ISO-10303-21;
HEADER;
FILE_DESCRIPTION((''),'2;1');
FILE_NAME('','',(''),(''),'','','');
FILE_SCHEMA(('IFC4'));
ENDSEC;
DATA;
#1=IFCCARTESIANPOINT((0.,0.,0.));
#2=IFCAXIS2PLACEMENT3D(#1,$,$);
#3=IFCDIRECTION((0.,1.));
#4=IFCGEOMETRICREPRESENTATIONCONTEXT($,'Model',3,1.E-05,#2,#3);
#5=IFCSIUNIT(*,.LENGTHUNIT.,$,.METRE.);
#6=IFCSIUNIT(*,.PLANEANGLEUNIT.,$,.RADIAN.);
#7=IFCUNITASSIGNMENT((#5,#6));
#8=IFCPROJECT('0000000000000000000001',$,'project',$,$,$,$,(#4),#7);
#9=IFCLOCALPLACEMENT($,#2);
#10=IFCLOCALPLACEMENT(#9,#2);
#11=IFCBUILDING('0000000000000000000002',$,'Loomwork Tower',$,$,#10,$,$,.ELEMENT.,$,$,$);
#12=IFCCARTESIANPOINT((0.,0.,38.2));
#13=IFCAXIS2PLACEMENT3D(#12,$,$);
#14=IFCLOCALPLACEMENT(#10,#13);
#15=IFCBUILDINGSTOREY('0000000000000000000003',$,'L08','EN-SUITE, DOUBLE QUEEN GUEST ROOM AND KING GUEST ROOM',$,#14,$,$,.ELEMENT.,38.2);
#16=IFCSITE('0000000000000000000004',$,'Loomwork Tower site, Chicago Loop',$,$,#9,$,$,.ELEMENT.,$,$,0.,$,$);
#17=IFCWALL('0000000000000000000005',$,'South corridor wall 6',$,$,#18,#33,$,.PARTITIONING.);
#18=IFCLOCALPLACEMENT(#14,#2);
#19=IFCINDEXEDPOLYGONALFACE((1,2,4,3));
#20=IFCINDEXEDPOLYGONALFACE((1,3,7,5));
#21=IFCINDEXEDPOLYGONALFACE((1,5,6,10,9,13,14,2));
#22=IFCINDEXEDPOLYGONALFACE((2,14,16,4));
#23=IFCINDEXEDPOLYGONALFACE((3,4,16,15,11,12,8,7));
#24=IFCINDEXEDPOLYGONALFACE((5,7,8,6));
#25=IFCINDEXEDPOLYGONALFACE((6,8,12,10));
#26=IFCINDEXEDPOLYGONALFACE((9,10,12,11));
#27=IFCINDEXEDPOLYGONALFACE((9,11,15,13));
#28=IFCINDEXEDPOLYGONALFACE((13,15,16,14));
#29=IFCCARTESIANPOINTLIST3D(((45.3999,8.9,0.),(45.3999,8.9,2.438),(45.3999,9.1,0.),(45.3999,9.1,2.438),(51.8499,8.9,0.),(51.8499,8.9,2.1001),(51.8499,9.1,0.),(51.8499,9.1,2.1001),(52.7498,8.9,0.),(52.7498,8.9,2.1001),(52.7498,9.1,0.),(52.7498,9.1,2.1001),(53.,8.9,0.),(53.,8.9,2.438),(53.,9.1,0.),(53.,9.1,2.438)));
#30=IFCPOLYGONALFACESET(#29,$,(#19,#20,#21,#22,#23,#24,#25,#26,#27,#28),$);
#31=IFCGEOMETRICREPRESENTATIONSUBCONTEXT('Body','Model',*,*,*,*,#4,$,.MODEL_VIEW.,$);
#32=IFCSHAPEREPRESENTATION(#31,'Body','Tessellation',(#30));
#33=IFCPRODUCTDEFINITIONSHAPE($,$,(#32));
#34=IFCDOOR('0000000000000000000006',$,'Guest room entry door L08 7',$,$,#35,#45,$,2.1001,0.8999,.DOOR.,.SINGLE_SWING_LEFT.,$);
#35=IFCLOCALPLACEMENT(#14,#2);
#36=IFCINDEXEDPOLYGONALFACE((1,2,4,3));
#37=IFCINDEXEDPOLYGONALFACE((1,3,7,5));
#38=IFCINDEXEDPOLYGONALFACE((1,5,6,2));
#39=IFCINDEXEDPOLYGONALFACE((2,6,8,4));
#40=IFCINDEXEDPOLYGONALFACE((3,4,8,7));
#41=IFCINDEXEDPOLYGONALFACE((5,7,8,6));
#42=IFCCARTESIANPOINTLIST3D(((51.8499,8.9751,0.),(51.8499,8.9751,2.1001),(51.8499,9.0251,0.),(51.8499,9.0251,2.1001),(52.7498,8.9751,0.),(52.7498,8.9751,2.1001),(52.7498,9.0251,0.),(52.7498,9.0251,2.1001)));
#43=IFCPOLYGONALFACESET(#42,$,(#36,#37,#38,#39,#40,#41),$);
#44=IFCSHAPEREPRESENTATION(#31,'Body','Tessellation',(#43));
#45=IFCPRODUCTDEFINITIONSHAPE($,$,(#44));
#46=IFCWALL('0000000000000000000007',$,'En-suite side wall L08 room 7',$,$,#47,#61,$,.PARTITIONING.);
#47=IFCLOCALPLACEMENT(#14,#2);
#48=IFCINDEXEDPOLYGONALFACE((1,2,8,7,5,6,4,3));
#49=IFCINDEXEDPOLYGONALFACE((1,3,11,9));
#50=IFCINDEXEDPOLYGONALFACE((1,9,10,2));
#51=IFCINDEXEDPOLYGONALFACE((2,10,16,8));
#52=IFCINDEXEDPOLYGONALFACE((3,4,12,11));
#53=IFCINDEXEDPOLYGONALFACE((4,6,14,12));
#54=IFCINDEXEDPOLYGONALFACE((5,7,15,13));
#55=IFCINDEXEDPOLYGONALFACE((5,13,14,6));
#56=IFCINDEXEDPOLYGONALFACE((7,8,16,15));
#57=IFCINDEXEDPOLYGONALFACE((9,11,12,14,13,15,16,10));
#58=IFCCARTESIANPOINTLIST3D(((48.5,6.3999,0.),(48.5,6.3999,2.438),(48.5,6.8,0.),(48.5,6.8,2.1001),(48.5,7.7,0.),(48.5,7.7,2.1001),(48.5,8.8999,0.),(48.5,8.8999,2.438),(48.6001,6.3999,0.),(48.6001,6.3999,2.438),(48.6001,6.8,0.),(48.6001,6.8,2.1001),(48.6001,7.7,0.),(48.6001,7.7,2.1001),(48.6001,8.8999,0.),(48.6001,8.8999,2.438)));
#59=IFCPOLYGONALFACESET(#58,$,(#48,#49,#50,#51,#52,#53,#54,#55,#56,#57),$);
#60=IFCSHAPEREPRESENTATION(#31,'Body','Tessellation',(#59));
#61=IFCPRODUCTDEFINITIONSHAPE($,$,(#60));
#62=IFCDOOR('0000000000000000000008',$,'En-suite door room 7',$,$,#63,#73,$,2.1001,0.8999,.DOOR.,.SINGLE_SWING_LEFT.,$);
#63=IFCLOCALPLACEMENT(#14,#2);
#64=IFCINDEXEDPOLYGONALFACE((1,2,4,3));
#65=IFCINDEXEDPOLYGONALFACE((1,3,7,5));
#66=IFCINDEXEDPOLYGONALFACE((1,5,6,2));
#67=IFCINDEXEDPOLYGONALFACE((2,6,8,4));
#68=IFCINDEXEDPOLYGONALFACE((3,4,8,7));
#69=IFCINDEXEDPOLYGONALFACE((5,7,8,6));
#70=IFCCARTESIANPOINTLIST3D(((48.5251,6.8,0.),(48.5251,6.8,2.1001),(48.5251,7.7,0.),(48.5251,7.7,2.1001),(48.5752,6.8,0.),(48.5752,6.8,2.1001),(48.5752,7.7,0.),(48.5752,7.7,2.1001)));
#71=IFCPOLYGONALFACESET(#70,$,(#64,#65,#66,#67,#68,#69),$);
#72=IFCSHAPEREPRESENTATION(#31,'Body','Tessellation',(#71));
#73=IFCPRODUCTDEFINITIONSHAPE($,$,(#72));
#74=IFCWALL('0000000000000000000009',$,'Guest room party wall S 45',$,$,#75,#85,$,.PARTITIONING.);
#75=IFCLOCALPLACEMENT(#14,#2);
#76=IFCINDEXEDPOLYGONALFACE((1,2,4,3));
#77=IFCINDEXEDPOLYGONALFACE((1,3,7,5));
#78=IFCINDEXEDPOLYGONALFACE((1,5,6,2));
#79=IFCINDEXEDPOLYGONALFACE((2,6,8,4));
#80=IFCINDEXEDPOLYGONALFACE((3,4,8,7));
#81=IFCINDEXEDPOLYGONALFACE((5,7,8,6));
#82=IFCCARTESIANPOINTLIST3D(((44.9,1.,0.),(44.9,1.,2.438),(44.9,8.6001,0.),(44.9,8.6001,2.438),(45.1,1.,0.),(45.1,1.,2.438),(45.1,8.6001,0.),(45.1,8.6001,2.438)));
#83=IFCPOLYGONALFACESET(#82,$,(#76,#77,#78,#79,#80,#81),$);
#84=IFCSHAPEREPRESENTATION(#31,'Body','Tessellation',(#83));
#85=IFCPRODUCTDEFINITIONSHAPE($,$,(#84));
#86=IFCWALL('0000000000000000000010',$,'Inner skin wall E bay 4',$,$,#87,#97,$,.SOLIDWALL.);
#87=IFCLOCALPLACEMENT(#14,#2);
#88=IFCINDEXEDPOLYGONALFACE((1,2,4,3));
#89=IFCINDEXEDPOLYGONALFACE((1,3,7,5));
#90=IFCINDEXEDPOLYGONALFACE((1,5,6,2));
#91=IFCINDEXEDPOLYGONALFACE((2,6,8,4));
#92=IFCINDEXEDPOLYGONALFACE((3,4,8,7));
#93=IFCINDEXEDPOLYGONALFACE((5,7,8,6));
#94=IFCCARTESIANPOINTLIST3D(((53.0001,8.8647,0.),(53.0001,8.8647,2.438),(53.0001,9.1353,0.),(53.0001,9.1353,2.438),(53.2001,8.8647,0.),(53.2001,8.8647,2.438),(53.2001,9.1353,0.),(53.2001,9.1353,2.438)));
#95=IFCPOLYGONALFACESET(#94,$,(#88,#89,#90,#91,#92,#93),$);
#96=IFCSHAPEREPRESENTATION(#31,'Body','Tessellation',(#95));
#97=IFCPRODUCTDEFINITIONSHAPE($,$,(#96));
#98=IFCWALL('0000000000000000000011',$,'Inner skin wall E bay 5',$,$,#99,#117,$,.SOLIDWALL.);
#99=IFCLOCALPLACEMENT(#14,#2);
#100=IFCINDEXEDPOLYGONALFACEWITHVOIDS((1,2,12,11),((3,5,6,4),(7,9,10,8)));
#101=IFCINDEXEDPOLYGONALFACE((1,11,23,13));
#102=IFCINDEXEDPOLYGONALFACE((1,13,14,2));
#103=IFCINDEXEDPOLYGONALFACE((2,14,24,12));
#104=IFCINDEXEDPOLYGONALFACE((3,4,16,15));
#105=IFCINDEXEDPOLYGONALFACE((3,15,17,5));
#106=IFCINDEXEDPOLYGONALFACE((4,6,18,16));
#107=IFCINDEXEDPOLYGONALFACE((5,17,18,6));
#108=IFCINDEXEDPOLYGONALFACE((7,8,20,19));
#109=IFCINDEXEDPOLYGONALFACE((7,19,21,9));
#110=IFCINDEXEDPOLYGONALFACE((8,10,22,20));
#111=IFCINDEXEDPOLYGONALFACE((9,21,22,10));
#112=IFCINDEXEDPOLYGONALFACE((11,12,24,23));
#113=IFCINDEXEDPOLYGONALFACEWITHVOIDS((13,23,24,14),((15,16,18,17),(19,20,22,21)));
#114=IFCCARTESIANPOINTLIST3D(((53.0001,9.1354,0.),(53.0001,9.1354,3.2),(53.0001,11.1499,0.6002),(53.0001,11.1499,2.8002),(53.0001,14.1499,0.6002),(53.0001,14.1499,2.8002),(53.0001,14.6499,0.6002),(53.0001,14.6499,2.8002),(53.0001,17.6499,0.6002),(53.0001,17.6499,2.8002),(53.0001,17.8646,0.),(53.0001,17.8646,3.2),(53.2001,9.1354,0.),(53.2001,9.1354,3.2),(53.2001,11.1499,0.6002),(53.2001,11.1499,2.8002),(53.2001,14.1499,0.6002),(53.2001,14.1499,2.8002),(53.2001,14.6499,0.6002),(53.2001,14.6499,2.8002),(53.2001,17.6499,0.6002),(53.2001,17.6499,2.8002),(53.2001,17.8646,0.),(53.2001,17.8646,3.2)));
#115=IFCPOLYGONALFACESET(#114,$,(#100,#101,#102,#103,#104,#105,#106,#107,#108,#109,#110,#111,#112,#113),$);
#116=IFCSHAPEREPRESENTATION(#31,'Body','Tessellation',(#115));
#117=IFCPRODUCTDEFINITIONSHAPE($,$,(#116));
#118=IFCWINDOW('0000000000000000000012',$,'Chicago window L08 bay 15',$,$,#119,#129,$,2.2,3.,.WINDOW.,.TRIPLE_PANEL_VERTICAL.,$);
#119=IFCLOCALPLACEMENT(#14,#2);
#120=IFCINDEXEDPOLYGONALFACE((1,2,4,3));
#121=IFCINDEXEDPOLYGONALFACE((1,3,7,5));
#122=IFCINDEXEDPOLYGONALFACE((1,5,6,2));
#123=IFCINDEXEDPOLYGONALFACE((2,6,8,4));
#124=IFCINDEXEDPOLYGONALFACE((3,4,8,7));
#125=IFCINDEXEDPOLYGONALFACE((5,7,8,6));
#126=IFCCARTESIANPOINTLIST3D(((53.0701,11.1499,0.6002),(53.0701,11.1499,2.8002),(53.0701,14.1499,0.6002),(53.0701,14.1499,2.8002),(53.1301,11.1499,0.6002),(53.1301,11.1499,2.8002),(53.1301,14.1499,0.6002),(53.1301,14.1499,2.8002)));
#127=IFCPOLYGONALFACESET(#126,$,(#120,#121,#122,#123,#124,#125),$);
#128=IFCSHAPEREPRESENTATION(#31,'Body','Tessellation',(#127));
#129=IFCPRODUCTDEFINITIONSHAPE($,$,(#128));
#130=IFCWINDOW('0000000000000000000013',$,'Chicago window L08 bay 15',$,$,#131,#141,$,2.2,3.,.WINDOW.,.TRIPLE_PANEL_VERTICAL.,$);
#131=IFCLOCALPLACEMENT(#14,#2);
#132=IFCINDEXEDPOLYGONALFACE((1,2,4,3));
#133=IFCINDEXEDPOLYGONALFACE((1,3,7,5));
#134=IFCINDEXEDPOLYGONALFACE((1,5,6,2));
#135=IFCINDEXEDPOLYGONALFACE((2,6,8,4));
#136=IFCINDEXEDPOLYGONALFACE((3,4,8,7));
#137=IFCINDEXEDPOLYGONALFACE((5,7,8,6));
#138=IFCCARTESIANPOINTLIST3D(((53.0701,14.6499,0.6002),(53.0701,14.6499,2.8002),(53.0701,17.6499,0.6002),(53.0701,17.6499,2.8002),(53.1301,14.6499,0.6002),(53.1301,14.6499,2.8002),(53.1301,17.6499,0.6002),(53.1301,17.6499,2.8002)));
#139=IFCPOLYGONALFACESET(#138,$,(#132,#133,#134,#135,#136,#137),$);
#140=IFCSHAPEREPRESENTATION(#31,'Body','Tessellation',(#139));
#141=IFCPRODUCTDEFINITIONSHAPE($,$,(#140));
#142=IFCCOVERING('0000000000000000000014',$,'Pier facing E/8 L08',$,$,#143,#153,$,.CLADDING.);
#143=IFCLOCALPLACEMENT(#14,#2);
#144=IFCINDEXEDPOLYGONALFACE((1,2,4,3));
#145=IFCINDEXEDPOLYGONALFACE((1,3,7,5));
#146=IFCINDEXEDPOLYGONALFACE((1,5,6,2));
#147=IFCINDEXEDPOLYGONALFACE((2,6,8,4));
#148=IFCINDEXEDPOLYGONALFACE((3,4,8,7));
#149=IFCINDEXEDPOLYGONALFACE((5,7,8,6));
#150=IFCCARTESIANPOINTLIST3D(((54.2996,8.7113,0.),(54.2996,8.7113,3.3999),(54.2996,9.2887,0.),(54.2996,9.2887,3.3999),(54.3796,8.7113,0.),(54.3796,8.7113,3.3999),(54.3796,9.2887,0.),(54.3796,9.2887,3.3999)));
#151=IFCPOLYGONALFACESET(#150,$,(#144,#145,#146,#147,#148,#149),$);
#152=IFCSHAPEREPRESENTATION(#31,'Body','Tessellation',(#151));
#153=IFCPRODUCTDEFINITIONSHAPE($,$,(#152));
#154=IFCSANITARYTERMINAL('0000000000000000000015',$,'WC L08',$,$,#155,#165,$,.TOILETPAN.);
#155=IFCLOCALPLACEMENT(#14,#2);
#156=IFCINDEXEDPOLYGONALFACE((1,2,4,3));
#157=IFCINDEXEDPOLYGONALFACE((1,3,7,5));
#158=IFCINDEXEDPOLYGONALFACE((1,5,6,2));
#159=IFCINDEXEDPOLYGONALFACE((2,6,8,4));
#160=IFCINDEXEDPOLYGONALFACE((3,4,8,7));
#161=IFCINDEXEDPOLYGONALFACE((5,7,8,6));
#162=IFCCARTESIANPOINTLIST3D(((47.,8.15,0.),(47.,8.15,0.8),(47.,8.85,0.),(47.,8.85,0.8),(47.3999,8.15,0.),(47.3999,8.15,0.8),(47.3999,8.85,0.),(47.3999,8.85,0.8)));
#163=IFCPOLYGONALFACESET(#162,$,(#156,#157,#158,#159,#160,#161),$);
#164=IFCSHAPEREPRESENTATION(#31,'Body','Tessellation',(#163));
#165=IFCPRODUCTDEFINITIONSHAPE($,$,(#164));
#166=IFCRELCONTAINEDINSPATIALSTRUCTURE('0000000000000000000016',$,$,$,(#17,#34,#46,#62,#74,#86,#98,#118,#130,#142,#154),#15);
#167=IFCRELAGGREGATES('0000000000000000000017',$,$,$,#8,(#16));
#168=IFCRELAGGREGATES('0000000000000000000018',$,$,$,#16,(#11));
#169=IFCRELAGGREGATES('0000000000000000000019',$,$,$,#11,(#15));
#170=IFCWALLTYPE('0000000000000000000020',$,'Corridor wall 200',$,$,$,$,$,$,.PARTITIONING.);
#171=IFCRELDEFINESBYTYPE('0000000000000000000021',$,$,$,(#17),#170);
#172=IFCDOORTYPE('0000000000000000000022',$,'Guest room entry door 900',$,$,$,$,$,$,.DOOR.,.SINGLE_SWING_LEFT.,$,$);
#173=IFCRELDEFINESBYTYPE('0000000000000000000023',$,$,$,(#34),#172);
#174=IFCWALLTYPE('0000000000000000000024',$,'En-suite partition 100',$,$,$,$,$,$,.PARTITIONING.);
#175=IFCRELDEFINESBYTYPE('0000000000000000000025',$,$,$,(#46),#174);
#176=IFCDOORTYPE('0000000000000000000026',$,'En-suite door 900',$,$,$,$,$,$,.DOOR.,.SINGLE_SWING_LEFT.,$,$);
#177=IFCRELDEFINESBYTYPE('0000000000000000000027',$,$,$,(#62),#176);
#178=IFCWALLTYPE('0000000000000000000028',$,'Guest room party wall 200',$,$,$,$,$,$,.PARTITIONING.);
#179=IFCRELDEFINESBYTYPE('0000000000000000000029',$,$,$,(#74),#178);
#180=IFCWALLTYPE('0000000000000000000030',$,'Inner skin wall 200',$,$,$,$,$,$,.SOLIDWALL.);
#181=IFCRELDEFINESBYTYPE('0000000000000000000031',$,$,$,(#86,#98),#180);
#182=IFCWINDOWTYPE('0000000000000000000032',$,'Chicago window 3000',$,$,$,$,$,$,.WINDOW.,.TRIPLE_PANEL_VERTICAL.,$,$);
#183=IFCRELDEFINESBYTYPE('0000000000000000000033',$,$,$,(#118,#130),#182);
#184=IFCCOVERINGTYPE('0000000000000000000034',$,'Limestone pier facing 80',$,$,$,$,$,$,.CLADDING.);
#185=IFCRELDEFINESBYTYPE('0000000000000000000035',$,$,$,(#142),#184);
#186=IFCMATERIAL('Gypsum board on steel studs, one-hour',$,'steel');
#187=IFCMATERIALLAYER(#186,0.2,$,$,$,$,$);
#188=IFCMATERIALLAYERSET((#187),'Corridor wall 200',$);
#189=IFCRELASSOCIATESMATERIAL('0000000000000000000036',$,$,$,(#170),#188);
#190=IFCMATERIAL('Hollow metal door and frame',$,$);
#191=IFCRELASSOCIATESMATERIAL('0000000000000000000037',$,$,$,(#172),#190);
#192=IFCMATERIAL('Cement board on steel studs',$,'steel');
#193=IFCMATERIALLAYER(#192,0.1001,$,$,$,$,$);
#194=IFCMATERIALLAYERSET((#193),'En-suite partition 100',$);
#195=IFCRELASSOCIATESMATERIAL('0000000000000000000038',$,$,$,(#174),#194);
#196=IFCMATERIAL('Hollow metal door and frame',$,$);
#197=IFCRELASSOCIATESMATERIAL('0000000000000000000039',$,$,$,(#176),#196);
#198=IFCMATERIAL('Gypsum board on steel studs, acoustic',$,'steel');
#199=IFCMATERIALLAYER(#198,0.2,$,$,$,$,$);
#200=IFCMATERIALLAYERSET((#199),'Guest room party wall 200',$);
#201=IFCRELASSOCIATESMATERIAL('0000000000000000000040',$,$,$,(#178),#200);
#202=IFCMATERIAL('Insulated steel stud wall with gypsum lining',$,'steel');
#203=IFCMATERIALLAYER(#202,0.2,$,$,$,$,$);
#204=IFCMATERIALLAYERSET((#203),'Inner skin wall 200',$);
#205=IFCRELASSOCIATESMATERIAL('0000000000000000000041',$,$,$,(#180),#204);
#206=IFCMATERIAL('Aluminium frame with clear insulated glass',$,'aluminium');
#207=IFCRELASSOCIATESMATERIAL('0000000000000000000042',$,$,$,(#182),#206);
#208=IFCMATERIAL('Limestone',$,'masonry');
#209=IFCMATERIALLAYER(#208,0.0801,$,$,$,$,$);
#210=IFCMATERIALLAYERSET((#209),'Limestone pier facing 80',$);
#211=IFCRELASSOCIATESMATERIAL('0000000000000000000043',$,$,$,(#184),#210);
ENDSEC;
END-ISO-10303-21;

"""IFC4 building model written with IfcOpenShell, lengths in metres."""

from ifc_helpers import new_model, si_unit, direction, frame, frame_2d, origin, origin_2d, place, context, subcontext, project, spatial, rectangle, extrude, material, layer, layer_set, type_object, element, fill, save


model = new_model("IFC4")

# Units and contexts
model_context = context("Model", 3, precision=1e-05, world=origin(), true_north=direction((0.0, 1.0)))
body_context = subcontext(model_context, "Body", "Model", "MODEL_VIEW")
ifc_project = project(units=[si_unit("LENGTHUNIT", "METRE"), si_unit("PLANEANGLEUNIT", "RADIAN")], contexts=[model_context])

# Site, building, storey
site_placement = place(None, origin())
site = spatial("IfcSite", under=ifc_project, at=site_placement, Name="Loomwork Tower site, Chicago Loop", CompositionType="ELEMENT", RefElevation=0.0)
building_placement = place(site_placement, origin())
building = spatial("IfcBuilding", under=site, at=building_placement, Name="Loomwork Tower", CompositionType="ELEMENT")
storey_placement = place(building_placement, frame((0.0, 0.0, 38.2)))
storey = spatial("IfcBuildingStorey", under=building, at=storey_placement, Name="L08", Description="EN-SUITE, DOUBLE QUEEN GUEST ROOM AND KING GUEST ROOM", CompositionType="ELEMENT", Elevation=38.2)

# Walls, openings, doors
ifc_material_1 = material(Name="Gypsum board on steel studs, one-hour", Category="steel")
ifc_layer_1 = layer(ifc_material_1, 0.2)
ifc_layer_set_1 = layer_set([ifc_layer_1], Name="Corridor wall 200")
wall_type_1 = type_object("IfcWallType", Name="Corridor wall 200", PredefinedType="PARTITIONING", material=ifc_layer_set_1)
wall_1_placement = place(storey_placement, frame((45.3999, 9.0, 0.0), z_axis=(0.0, 0.0, 1.0), x_axis=(1.0, 0.0, 0.0)))
wall_1 = element("IfcWall", 1, at=wall_1_placement, inside=storey, type_object=wall_type_1, Name="South corridor wall 6", PredefinedType="PARTITIONING", context=body_context, shape_type="SweptSolid", body=[
    extrude(rectangle(XDim=7.6001, YDim=0.2, at=frame_2d((3.8, 0.0))), origin(), (0.0, 0.0, 1.0), 2.438),
])
opening_1_placement = place(wall_1_placement, frame((6.45, 0.0, 0.0)))
opening_1 = element("IfcOpeningElement", 2, at=opening_1_placement, cuts=wall_1, PredefinedType="OPENING", context=body_context, shape_type="SweptSolid", body=[
    extrude(rectangle(XDim=0.8999, YDim=2.1001, at=frame_2d((0.45, 1.05))), frame((0.0, 0.1099, 0.0), z_axis=(0.0, -1.0, 0.0), x_axis=(1.0, 0.0, 0.0)), (0.0, 0.0, 1.0), 0.22),
])
ifc_material_2 = material(Name="Hollow metal door and frame")
door_type_1 = type_object("IfcDoorType", Name="Guest room entry door 900", OperationType="SINGLE_SWING_LEFT", PredefinedType="DOOR", material=ifc_material_2)
door_1_placement = place(opening_1_placement, frame((0.8999, 0.0, 0.0), z_axis=(0.0, 0.0, 1.0), x_axis=(-1.0, 0.0, 0.0)))
door_1 = element("IfcDoor", 3, at=door_1_placement, inside=storey, type_object=door_type_1, Name="Guest room entry door L08 7", OperationType="SINGLE_SWING_LEFT", OverallHeight=2.1001, OverallWidth=0.8999, PredefinedType="DOOR", context=body_context, shape_type="SweptSolid", body=[
    extrude(rectangle(XDim=0.8999, YDim=2.1001, at=frame_2d((0.45, 1.05))), frame((0.0, 0.0249, 0.0), z_axis=(0.0, -1.0, 0.0), x_axis=(1.0, 0.0, 0.0)), (0.0, 0.0, 1.0), 0.05),
])
fill(opening_1, door_1)
ifc_material_3 = material(Name="Cement board on steel studs", Category="steel")
ifc_layer_2 = layer(ifc_material_3, 0.1001)
ifc_layer_set_2 = layer_set([ifc_layer_2], Name="En-suite partition 100")
wall_type_2 = type_object("IfcWallType", Name="En-suite partition 100", PredefinedType="PARTITIONING", material=ifc_layer_set_2)
wall_2_placement = place(storey_placement, frame((48.55, 8.8999, 0.0), z_axis=(0.0, 0.0, 1.0), x_axis=(0.0, -1.0, 0.0)))
wall_2 = element("IfcWall", 4, at=wall_2_placement, inside=storey, type_object=wall_type_2, Name="En-suite side wall L08 room 7", PredefinedType="PARTITIONING", context=body_context, shape_type="SweptSolid", body=[
    extrude(rectangle(XDim=2.5, YDim=0.1001, at=frame_2d((1.25, 0.0))), origin(), (0.0, 0.0, 1.0), 2.438),
])
opening_2_placement = place(wall_2_placement, frame((1.2, 0.0, 0.0)))
opening_2 = element("IfcOpeningElement", 5, at=opening_2_placement, cuts=wall_2, PredefinedType="OPENING", context=body_context, shape_type="SweptSolid", body=[
    extrude(rectangle(XDim=0.8999, YDim=2.1001, at=frame_2d((0.45, 1.05))), frame((0.0, 0.0601, 0.0), z_axis=(0.0, -1.0, 0.0), x_axis=(1.0, 0.0, 0.0)), (0.0, 0.0, 1.0), 0.1201),
])
ifc_material_4 = material(Name="Hollow metal door and frame")
door_type_2 = type_object("IfcDoorType", Name="En-suite door 900", OperationType="SINGLE_SWING_LEFT", PredefinedType="DOOR", material=ifc_material_4)
door_2_placement = place(opening_2_placement, frame((0.8999, 0.0, 0.0), z_axis=(0.0, 0.0, 1.0), x_axis=(-1.0, 0.0, 0.0)))
door_2 = element("IfcDoor", 6, at=door_2_placement, inside=storey, type_object=door_type_2, Name="En-suite door room 7", OperationType="SINGLE_SWING_LEFT", OverallHeight=2.1001, OverallWidth=0.8999, PredefinedType="DOOR", context=body_context, shape_type="SweptSolid", body=[
    extrude(rectangle(XDim=0.8999, YDim=2.1001, at=frame_2d((0.45, 1.05))), frame((0.0, 0.0249, 0.0), z_axis=(0.0, -1.0, 0.0), x_axis=(1.0, 0.0, 0.0)), (0.0, 0.0, 1.0), 0.05),
])
fill(opening_2, door_2)

# Walls
ifc_material_5 = material(Name="Gypsum board on steel studs, acoustic", Category="steel")
ifc_layer_3 = layer(ifc_material_5, 0.2)
ifc_layer_set_3 = layer_set([ifc_layer_3], Name="Guest room party wall 200")
wall_type_3 = type_object("IfcWallType", Name="Guest room party wall 200", PredefinedType="PARTITIONING", material=ifc_layer_set_3)
wall_3_placement = place(storey_placement, frame((45.0, 8.6001, 0.0), z_axis=(0.0, 0.0, 1.0), x_axis=(0.0, -1.0, 0.0)))
element("IfcWall", 7, at=wall_3_placement, inside=storey, type_object=wall_type_3, Name="Guest room party wall S 45", PredefinedType="PARTITIONING", context=body_context, shape_type="SweptSolid", body=[
    extrude(rectangle(XDim=7.6001, YDim=0.2, at=frame_2d((3.8, 0.0))), origin(), (0.0, 0.0, 1.0), 2.438),
])
ifc_material_6 = material(Name="Insulated steel stud wall with gypsum lining", Category="steel")
ifc_layer_4 = layer(ifc_material_6, 0.2)
ifc_layer_set_4 = layer_set([ifc_layer_4], Name="Inner skin wall 200")
wall_type_4 = type_object("IfcWallType", Name="Inner skin wall 200", PredefinedType="SOLIDWALL", material=ifc_layer_set_4)
wall_4_placement = place(storey_placement, frame((53.1001, 8.8647, 0.0), z_axis=(0.0, 0.0, 1.0), x_axis=(0.0, 1.0, 0.0)))
element("IfcWall", 8, at=wall_4_placement, inside=storey, type_object=wall_type_4, Name="Inner skin wall E bay 4", PredefinedType="SOLIDWALL", context=body_context, shape_type="SweptSolid", body=[
    extrude(rectangle(XDim=0.2705, YDim=0.2, at=frame_2d((0.1353, 0.0))), origin(), (0.0, 0.0, 1.0), 2.438),
])

# Wall, openings, windows
wall_5_placement = place(storey_placement, frame((53.1001, 9.1353, 0.0), z_axis=(0.0, 0.0, 1.0), x_axis=(0.0, 1.0, 0.0)))
wall_5 = element("IfcWall", 9, at=wall_5_placement, inside=storey, type_object=wall_type_4, Name="Inner skin wall E bay 5", PredefinedType="SOLIDWALL", context=body_context, shape_type="SweptSolid", body=[
    extrude(rectangle(XDim=8.7292, YDim=0.2, at=frame_2d((4.3647, 0.0))), origin(), (0.0, 0.0, 1.0), 3.2),
])
opening_3_placement = place(wall_5_placement, frame((2.0146, 0.0, 0.6001)))
opening_3 = element("IfcOpeningElement", 10, at=opening_3_placement, cuts=wall_5, PredefinedType="OPENING", context=body_context, shape_type="SweptSolid", body=[
    extrude(rectangle(XDim=3.0, YDim=2.2, at=frame_2d((1.5, 1.1001))), frame((0.0, 0.1099, 0.0), z_axis=(0.0, -1.0, 0.0), x_axis=(1.0, 0.0, 0.0)), (0.0, 0.0, 1.0), 0.22),
])
opening_4_placement = place(wall_5_placement, frame((5.5146, 0.0, 0.6001)))
opening_4 = element("IfcOpeningElement", 11, at=opening_4_placement, cuts=wall_5, PredefinedType="OPENING", context=body_context, shape_type="SweptSolid", body=[
    extrude(rectangle(XDim=3.0, YDim=2.2, at=frame_2d((1.5, 1.1001))), frame((0.0, 0.1099, 0.0), z_axis=(0.0, -1.0, 0.0), x_axis=(1.0, 0.0, 0.0)), (0.0, 0.0, 1.0), 0.22),
])
ifc_material_7 = material(Name="Aluminium frame with clear insulated glass", Category="aluminium")
window_type = type_object("IfcWindowType", Name="Chicago window 3000", PartitioningType="TRIPLE_PANEL_VERTICAL", PredefinedType="WINDOW", material=ifc_material_7)
window_1_placement = place(opening_3_placement, origin())
window_1 = element("IfcWindow", 12, at=window_1_placement, inside=storey, type_object=window_type, Name="Chicago window L08 bay 15", OverallHeight=2.2, OverallWidth=3.0, PartitioningType="TRIPLE_PANEL_VERTICAL", PredefinedType="WINDOW", context=body_context, shape_type="SweptSolid", body=[
    extrude(rectangle(XDim=3.0, YDim=2.2, at=frame_2d((1.5, 1.1001))), frame((0.0, 0.03, 0.0), z_axis=(0.0, -1.0, 0.0), x_axis=(1.0, 0.0, 0.0)), (0.0, 0.0, 1.0), 0.0601),
])
fill(opening_3, window_1)
window_2_placement = place(opening_4_placement, origin())
window_2 = element("IfcWindow", 13, at=window_2_placement, inside=storey, type_object=window_type, Name="Chicago window L08 bay 15", OverallHeight=2.2, OverallWidth=3.0, PartitioningType="TRIPLE_PANEL_VERTICAL", PredefinedType="WINDOW", context=body_context, shape_type="SweptSolid", body=[
    extrude(rectangle(XDim=3.0, YDim=2.2, at=frame_2d((1.5, 1.1001))), frame((0.0, 0.03, 0.0), z_axis=(0.0, -1.0, 0.0), x_axis=(1.0, 0.0, 0.0)), (0.0, 0.0, 1.0), 0.0601),
])
fill(opening_4, window_2)

# Covering
ifc_material_8 = material(Name="Limestone", Category="masonry")
ifc_layer_5 = layer(ifc_material_8, 0.0801)
ifc_layer_set_5 = layer_set([ifc_layer_5], Name="Limestone pier facing 80")
covering_type = type_object("IfcCoveringType", Name="Limestone pier facing 80", PredefinedType="CLADDING", material=ifc_layer_set_5)
covering_placement = place(storey_placement, frame((54.3396, 9.0, 0.0), z_axis=(0.0, 0.0, 1.0), x_axis=(1.0, 0.0, 0.0)))
element("IfcCovering", 14, at=covering_placement, inside=storey, type_object=covering_type, Name="Pier facing E/8 L08", PredefinedType="CLADDING", context=body_context, shape_type="SweptSolid", body=[
    extrude(rectangle(XDim=0.0801, YDim=0.5774, at=origin_2d()), origin(), (0.0, 0.0, 1.0), 3.3999),
])

# Sanitary terminal
sanitary_terminal_1_placement = place(storey_placement, frame((47.2, 8.5, 0.0), z_axis=(0.0, 0.0, 1.0), x_axis=(1.0, 0.0, 0.0)))
element("IfcSanitaryTerminal", 15, at=sanitary_terminal_1_placement, inside=storey, Name="WC L08", PredefinedType="TOILETPAN", context=body_context, shape_type="SweptSolid", body=[
    extrude(rectangle(XDim=0.3999, YDim=0.7, at=origin_2d()), origin(), (0.0, 0.0, 1.0), 0.8),
])

save(model, "model.ifc")
